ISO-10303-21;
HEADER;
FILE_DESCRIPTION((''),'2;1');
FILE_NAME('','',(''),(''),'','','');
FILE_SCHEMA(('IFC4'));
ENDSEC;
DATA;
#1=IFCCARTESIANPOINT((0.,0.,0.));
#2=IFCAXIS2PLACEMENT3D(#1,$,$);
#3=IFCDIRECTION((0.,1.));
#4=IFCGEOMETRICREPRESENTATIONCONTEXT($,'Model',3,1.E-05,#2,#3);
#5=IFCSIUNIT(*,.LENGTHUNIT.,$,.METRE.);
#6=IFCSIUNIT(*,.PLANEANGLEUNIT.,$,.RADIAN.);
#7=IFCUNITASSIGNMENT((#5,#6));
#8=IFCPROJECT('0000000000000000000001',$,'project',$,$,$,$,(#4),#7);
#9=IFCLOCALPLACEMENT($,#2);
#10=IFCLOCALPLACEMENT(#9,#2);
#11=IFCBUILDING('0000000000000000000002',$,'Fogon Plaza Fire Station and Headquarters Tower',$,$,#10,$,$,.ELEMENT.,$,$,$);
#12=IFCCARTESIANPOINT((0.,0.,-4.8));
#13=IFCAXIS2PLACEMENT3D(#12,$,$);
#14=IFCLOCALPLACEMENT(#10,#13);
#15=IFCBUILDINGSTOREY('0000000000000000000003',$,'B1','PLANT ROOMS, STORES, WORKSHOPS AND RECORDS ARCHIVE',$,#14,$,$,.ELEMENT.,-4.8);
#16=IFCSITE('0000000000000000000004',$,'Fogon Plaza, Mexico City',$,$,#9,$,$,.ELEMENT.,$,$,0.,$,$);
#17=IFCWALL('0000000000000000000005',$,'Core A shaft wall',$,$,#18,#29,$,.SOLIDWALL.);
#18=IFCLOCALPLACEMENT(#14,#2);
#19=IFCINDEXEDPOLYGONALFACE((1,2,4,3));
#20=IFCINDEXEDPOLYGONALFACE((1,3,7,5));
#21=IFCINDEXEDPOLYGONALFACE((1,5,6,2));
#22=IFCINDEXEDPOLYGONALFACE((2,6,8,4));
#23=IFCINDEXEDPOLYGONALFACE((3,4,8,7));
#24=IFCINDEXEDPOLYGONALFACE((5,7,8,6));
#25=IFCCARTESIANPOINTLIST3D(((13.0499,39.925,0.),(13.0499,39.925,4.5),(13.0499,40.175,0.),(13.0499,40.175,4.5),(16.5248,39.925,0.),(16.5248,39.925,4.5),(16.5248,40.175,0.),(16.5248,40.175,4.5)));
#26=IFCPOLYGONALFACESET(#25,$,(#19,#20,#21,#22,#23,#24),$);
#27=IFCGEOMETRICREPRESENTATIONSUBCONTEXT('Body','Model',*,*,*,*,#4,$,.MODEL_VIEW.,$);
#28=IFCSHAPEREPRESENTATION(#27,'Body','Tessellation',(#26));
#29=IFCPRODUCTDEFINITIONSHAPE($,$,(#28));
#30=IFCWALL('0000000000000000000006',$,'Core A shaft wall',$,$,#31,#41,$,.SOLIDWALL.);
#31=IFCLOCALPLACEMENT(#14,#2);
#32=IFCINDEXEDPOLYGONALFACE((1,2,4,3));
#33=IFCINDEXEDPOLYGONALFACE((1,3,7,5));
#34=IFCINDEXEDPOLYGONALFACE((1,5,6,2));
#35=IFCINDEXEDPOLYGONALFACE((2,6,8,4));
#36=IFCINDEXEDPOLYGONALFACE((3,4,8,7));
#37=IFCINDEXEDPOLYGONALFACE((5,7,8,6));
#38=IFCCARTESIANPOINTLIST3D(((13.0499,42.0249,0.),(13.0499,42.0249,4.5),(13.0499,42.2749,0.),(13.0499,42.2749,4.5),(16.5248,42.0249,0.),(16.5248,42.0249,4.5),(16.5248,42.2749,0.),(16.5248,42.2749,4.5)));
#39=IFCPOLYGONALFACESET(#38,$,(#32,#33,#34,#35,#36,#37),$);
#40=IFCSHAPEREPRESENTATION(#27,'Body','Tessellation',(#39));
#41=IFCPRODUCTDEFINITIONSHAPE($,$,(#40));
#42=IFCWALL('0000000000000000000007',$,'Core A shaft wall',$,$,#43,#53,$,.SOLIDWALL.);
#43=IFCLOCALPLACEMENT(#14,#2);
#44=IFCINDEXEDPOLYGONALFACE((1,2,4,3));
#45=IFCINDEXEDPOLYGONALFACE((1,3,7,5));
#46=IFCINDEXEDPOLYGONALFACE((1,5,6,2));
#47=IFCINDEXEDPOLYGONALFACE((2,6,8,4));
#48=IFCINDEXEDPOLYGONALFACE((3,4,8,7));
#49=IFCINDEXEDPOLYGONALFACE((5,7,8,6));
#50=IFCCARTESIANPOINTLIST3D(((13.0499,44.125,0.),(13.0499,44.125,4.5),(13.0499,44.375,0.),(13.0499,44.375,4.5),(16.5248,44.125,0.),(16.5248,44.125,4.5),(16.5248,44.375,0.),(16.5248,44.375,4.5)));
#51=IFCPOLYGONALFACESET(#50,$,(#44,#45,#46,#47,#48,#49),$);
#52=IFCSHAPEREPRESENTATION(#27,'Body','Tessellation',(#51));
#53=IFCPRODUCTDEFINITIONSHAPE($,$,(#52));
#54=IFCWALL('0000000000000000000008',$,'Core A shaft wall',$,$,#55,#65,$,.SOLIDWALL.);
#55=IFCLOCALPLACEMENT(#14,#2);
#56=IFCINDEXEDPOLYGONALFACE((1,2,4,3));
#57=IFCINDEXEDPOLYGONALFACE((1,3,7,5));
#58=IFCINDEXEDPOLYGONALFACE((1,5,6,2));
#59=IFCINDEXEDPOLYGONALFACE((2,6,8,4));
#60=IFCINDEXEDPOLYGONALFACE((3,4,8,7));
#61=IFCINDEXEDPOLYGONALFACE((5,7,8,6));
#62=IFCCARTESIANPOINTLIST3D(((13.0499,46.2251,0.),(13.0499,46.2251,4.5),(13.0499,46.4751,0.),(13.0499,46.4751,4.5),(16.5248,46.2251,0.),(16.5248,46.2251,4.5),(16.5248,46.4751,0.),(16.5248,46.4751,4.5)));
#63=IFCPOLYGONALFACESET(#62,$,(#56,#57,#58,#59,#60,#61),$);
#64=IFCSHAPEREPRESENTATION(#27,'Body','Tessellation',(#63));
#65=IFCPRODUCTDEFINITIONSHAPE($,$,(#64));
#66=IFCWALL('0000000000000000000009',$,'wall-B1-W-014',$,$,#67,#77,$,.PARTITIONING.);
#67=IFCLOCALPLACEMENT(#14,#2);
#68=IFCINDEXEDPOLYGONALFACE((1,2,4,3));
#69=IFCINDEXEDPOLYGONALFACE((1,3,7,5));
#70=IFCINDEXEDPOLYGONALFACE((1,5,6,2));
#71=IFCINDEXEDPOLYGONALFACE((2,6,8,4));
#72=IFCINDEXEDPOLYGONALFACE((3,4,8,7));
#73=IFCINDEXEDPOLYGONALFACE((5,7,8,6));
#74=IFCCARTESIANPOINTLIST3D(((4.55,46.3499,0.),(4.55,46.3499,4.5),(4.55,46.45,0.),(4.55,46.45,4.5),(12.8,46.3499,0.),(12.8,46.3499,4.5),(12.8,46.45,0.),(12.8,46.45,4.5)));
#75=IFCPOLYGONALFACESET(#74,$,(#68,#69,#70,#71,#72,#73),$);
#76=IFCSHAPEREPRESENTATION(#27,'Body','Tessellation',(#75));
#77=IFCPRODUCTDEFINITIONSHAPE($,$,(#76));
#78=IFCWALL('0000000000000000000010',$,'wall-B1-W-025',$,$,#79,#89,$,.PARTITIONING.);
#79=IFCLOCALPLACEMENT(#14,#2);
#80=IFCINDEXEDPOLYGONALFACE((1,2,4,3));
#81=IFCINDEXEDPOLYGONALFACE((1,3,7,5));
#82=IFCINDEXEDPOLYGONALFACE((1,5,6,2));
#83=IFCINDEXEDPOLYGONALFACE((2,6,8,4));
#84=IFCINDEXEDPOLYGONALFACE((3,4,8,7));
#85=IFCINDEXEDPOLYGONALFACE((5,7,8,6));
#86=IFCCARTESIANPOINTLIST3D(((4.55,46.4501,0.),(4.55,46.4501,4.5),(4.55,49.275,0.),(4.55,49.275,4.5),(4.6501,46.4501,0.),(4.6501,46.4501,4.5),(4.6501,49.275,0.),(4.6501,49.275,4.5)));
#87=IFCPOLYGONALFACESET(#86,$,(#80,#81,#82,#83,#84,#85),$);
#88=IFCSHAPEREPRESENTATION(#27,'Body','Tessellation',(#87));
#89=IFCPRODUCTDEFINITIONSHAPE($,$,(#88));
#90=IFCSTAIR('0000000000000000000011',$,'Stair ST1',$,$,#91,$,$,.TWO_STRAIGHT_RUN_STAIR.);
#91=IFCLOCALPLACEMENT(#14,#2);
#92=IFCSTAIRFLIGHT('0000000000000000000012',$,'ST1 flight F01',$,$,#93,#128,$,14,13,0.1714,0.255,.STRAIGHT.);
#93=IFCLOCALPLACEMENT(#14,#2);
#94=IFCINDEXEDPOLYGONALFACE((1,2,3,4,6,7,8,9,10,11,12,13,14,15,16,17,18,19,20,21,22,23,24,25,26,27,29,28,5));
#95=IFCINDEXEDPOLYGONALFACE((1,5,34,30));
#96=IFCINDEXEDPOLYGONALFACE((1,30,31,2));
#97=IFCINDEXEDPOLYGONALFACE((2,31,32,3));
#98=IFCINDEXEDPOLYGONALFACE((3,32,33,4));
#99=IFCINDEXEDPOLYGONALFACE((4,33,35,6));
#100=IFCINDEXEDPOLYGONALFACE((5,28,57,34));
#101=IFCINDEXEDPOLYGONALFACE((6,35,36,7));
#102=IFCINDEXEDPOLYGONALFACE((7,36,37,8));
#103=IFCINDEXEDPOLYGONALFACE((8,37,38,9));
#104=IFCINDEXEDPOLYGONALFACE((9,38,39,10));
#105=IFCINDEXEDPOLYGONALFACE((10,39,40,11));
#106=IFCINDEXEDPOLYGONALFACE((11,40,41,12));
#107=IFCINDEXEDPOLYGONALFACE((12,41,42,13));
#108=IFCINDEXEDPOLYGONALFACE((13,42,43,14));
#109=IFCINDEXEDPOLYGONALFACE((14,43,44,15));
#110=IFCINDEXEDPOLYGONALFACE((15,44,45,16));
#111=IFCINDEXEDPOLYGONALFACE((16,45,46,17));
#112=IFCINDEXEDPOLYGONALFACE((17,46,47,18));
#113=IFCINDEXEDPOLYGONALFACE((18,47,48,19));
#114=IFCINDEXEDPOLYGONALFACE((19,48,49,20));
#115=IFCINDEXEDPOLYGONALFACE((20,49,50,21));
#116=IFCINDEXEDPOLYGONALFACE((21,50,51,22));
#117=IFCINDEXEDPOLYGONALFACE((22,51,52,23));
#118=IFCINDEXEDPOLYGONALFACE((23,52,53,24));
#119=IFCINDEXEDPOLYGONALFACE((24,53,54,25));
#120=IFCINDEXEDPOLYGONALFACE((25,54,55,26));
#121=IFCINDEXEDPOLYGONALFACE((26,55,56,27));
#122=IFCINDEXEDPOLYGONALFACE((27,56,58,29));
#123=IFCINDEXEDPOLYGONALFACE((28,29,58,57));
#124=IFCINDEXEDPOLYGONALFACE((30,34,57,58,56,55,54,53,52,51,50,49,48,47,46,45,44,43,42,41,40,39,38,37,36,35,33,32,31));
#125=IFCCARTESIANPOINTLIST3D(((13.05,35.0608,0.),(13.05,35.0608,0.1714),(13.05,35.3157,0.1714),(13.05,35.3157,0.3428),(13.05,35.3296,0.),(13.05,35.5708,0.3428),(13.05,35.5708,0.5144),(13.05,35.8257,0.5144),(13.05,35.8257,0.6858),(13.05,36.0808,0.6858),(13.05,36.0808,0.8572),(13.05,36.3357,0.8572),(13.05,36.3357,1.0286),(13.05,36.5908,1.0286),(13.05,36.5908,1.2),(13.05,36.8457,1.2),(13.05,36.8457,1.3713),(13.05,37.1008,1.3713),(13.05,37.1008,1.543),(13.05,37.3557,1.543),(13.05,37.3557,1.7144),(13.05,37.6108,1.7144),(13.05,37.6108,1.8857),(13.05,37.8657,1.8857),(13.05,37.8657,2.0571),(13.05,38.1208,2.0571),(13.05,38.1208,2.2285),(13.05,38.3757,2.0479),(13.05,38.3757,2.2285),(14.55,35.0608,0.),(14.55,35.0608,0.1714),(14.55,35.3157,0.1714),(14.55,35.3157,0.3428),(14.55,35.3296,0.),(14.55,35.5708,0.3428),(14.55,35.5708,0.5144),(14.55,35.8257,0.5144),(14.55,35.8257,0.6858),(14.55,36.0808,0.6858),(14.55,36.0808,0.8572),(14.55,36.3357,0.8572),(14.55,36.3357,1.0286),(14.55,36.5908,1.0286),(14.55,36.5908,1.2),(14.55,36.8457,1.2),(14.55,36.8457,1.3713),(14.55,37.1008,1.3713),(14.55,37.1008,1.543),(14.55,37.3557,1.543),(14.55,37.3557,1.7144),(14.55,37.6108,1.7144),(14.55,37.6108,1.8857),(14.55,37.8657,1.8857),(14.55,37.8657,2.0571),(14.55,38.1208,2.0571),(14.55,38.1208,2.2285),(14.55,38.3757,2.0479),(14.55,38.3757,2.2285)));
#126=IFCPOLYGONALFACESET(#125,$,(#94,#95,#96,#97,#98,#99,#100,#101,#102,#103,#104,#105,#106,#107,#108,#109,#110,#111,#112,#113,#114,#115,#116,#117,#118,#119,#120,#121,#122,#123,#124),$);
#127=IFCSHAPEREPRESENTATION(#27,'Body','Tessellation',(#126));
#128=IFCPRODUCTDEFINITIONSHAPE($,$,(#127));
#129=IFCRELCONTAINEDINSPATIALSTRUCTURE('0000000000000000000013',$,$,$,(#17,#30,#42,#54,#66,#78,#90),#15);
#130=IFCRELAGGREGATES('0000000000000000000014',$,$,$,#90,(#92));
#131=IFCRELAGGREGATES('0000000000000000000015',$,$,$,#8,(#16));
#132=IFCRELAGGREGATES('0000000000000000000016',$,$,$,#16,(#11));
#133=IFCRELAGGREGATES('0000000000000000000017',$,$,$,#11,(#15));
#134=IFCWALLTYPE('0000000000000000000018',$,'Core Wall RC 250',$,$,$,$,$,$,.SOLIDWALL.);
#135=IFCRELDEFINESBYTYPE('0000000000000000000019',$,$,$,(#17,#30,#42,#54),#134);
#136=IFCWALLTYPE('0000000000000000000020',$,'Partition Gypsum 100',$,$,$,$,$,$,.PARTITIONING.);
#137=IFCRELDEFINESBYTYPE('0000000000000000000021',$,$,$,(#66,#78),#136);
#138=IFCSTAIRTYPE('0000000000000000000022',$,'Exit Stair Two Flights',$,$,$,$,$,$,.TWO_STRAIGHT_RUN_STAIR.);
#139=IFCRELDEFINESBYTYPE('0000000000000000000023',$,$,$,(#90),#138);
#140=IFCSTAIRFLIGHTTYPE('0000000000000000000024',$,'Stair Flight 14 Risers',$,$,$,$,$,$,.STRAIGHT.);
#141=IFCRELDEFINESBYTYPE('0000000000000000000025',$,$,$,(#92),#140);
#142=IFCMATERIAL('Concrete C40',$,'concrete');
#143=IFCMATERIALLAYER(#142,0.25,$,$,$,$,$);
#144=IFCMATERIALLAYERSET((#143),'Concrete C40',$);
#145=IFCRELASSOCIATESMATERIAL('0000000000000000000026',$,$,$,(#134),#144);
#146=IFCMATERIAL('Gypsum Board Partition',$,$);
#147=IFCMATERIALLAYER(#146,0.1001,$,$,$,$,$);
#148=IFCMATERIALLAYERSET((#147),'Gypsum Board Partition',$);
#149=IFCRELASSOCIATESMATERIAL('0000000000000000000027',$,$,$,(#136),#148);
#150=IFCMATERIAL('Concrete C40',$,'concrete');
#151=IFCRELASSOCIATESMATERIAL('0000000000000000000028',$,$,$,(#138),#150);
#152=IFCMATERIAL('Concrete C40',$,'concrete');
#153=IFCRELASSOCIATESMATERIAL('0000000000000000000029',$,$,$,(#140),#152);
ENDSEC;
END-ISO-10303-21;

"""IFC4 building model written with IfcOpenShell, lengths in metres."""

from ifc_helpers import new_model, si_unit, direction, frame, frame_2d, origin, place, context, subcontext, project, spatial, polyline, rectangle, outline, extrude, material, layer, layer_set, type_object, element, aggregate, save


model = new_model("IFC4")

# Units and contexts
model_context = context("Model", 3, precision=1e-05, world=origin(), true_north=direction((0.0, 1.0)))
body_context = subcontext(model_context, "Body", "Model", "MODEL_VIEW")
ifc_project = project(units=[si_unit("LENGTHUNIT", "METRE"), si_unit("PLANEANGLEUNIT", "RADIAN")], contexts=[model_context])

# Site, building, storey
site_placement = place(None, origin())
site = spatial("IfcSite", under=ifc_project, at=site_placement, Name="Fogon Plaza, Mexico City", CompositionType="ELEMENT", RefElevation=0.0)
building_placement = place(site_placement, origin())
building = spatial("IfcBuilding", under=site, at=building_placement, Name="Fogon Plaza Fire Station and Headquarters Tower", CompositionType="ELEMENT")
storey_placement = place(building_placement, frame((0.0, 0.0, -4.8)))
storey = spatial("IfcBuildingStorey", under=building, at=storey_placement, Name="B1", Description="PLANT ROOMS, STORES, WORKSHOPS AND RECORDS ARCHIVE", CompositionType="ELEMENT", Elevation=-4.8)

# Walls
ifc_material_1 = material(Name="Concrete C40", Category="concrete")
ifc_layer_1 = layer(ifc_material_1, 0.25)
ifc_layer_set_1 = layer_set([ifc_layer_1], Name="Concrete C40")
wall_type_1 = type_object("IfcWallType", Name="Core Wall RC 250", PredefinedType="SOLIDWALL", material=ifc_layer_set_1)
for number, where, z_axis, x_axis, name in (
    (1, (13.05, 40.05, 0.0), (0.0, 0.0, 1.0), (1.0, 0.0, 0.0), "Core A shaft wall"),
    (2, (13.05, 42.1499, 0.0), (0.0, 0.0, 1.0), (1.0, 0.0, 0.0), "Core A shaft wall"),
    (3, (13.05, 44.25, 0.0), (0.0, 0.0, 1.0), (1.0, 0.0, 0.0), "Core A shaft wall"),
    (4, (13.05, 46.3501, 0.0), (0.0, 0.0, 1.0), (1.0, 0.0, 0.0), "Core A shaft wall"),
):
    element("IfcWall", number, at=place(storey_placement, frame(where, z_axis=z_axis, x_axis=x_axis)), inside=storey, type_object=wall_type_1, Name=name, PredefinedType="SOLIDWALL", context=body_context, shape_type="SweptSolid", body=[
        extrude(rectangle(XDim=3.4749, YDim=0.25, at=frame_2d((1.7373, 0.0))), origin(), (0.0, 0.0, 1.0), 4.5),
    ])
ifc_material_2 = material(Name="Gypsum Board Partition")
ifc_layer_2 = layer(ifc_material_2, 0.1001)
ifc_layer_set_2 = layer_set([ifc_layer_2], Name="Gypsum Board Partition")
wall_type_2 = type_object("IfcWallType", Name="Partition Gypsum 100", PredefinedType="PARTITIONING", material=ifc_layer_set_2)
wall_1_placement = place(storey_placement, frame((4.55, 46.3999, 0.0), z_axis=(0.0, 0.0, 1.0), x_axis=(1.0, 0.0, 0.0)))
element("IfcWall", 5, at=wall_1_placement, inside=storey, type_object=wall_type_2, Name="wall-B1-W-014", PredefinedType="PARTITIONING", context=body_context, shape_type="SweptSolid", body=[
    extrude(rectangle(XDim=8.25, YDim=0.1001, at=frame_2d((4.125, 0.0))), origin(), (0.0, 0.0, 1.0), 4.5),
])
wall_2_placement = place(storey_placement, frame((4.6001, 46.45, 0.0), z_axis=(0.0, 0.0, 1.0), x_axis=(0.0, 1.0, 0.0)))
element("IfcWall", 6, at=wall_2_placement, inside=storey, type_object=wall_type_2, Name="wall-B1-W-025", PredefinedType="PARTITIONING", context=body_context, shape_type="SweptSolid", body=[
    extrude(rectangle(XDim=2.825, YDim=0.1001, at=frame_2d((1.4126, 0.0))), origin(), (0.0, 0.0, 1.0), 4.5),
])

# Stair, stair flight
ifc_material_3 = material(Name="Concrete C40", Category="concrete")
stair_type = type_object("IfcStairType", Name="Exit Stair Two Flights", PredefinedType="TWO_STRAIGHT_RUN_STAIR", material=ifc_material_3)
stair_placement = place(storey_placement, origin())
stair = element("IfcStair", 7, at=stair_placement, inside=storey, type_object=stair_type, Name="Stair ST1", PredefinedType="TWO_STRAIGHT_RUN_STAIR")
ifc_material_4 = material(Name="Concrete C40", Category="concrete")
stair_flight_type = type_object("IfcStairFlightType", Name="Stair Flight 14 Risers", PredefinedType="STRAIGHT", material=ifc_material_4)
stair_flight_placement = place(storey_placement, frame((13.8, 35.0608, 0.0), z_axis=(0.0, 0.0, 1.0), x_axis=(0.0, 1.0, 0.0)))
stair_flight = element("IfcStairFlight", 8, at=stair_flight_placement, type_object=stair_flight_type, Name="ST1 flight F01", NumberOfRisers=14, NumberOfTreads=13, PredefinedType="STRAIGHT", RiserHeight=0.1714, TreadLength=0.255, context=body_context, shape_type="SweptSolid", body=[
    extrude(outline(polyline([(0.0, 0.0), (0.0, 0.1714), (0.2549, 0.1714), (0.2549, 0.3428), (0.51, 0.3428), (0.51, 0.5144), (0.7649, 0.5144), (0.7649, 0.6858), (1.02, 0.6858), (1.02, 0.8572), (1.2749, 0.8572), (1.2749, 1.0286), (1.53, 1.0286), (1.53, 1.2), (1.7849, 1.2), (1.7849, 1.3713), (2.04, 1.3713), (2.04, 1.543), (2.2949, 1.543), (2.2949, 1.7144), (2.55, 1.7144), (2.55, 1.8857), (2.8049, 1.8857), (2.8049, 2.0571), (3.0601, 2.0571), (3.0601, 2.2285), (3.3149, 2.2285), (3.3149, 2.3999), (3.3149, 2.0479), (0.2688, 0.0), (0.0, 0.0)])), frame((0.0, 0.75, 0.0), z_axis=(0.0, -1.0, 0.0), x_axis=(1.0, 0.0, 0.0)), (0.0, 0.0, 1.0), 1.5),
])
aggregate(stair, [stair_flight])

save(model, "model.ifc")
